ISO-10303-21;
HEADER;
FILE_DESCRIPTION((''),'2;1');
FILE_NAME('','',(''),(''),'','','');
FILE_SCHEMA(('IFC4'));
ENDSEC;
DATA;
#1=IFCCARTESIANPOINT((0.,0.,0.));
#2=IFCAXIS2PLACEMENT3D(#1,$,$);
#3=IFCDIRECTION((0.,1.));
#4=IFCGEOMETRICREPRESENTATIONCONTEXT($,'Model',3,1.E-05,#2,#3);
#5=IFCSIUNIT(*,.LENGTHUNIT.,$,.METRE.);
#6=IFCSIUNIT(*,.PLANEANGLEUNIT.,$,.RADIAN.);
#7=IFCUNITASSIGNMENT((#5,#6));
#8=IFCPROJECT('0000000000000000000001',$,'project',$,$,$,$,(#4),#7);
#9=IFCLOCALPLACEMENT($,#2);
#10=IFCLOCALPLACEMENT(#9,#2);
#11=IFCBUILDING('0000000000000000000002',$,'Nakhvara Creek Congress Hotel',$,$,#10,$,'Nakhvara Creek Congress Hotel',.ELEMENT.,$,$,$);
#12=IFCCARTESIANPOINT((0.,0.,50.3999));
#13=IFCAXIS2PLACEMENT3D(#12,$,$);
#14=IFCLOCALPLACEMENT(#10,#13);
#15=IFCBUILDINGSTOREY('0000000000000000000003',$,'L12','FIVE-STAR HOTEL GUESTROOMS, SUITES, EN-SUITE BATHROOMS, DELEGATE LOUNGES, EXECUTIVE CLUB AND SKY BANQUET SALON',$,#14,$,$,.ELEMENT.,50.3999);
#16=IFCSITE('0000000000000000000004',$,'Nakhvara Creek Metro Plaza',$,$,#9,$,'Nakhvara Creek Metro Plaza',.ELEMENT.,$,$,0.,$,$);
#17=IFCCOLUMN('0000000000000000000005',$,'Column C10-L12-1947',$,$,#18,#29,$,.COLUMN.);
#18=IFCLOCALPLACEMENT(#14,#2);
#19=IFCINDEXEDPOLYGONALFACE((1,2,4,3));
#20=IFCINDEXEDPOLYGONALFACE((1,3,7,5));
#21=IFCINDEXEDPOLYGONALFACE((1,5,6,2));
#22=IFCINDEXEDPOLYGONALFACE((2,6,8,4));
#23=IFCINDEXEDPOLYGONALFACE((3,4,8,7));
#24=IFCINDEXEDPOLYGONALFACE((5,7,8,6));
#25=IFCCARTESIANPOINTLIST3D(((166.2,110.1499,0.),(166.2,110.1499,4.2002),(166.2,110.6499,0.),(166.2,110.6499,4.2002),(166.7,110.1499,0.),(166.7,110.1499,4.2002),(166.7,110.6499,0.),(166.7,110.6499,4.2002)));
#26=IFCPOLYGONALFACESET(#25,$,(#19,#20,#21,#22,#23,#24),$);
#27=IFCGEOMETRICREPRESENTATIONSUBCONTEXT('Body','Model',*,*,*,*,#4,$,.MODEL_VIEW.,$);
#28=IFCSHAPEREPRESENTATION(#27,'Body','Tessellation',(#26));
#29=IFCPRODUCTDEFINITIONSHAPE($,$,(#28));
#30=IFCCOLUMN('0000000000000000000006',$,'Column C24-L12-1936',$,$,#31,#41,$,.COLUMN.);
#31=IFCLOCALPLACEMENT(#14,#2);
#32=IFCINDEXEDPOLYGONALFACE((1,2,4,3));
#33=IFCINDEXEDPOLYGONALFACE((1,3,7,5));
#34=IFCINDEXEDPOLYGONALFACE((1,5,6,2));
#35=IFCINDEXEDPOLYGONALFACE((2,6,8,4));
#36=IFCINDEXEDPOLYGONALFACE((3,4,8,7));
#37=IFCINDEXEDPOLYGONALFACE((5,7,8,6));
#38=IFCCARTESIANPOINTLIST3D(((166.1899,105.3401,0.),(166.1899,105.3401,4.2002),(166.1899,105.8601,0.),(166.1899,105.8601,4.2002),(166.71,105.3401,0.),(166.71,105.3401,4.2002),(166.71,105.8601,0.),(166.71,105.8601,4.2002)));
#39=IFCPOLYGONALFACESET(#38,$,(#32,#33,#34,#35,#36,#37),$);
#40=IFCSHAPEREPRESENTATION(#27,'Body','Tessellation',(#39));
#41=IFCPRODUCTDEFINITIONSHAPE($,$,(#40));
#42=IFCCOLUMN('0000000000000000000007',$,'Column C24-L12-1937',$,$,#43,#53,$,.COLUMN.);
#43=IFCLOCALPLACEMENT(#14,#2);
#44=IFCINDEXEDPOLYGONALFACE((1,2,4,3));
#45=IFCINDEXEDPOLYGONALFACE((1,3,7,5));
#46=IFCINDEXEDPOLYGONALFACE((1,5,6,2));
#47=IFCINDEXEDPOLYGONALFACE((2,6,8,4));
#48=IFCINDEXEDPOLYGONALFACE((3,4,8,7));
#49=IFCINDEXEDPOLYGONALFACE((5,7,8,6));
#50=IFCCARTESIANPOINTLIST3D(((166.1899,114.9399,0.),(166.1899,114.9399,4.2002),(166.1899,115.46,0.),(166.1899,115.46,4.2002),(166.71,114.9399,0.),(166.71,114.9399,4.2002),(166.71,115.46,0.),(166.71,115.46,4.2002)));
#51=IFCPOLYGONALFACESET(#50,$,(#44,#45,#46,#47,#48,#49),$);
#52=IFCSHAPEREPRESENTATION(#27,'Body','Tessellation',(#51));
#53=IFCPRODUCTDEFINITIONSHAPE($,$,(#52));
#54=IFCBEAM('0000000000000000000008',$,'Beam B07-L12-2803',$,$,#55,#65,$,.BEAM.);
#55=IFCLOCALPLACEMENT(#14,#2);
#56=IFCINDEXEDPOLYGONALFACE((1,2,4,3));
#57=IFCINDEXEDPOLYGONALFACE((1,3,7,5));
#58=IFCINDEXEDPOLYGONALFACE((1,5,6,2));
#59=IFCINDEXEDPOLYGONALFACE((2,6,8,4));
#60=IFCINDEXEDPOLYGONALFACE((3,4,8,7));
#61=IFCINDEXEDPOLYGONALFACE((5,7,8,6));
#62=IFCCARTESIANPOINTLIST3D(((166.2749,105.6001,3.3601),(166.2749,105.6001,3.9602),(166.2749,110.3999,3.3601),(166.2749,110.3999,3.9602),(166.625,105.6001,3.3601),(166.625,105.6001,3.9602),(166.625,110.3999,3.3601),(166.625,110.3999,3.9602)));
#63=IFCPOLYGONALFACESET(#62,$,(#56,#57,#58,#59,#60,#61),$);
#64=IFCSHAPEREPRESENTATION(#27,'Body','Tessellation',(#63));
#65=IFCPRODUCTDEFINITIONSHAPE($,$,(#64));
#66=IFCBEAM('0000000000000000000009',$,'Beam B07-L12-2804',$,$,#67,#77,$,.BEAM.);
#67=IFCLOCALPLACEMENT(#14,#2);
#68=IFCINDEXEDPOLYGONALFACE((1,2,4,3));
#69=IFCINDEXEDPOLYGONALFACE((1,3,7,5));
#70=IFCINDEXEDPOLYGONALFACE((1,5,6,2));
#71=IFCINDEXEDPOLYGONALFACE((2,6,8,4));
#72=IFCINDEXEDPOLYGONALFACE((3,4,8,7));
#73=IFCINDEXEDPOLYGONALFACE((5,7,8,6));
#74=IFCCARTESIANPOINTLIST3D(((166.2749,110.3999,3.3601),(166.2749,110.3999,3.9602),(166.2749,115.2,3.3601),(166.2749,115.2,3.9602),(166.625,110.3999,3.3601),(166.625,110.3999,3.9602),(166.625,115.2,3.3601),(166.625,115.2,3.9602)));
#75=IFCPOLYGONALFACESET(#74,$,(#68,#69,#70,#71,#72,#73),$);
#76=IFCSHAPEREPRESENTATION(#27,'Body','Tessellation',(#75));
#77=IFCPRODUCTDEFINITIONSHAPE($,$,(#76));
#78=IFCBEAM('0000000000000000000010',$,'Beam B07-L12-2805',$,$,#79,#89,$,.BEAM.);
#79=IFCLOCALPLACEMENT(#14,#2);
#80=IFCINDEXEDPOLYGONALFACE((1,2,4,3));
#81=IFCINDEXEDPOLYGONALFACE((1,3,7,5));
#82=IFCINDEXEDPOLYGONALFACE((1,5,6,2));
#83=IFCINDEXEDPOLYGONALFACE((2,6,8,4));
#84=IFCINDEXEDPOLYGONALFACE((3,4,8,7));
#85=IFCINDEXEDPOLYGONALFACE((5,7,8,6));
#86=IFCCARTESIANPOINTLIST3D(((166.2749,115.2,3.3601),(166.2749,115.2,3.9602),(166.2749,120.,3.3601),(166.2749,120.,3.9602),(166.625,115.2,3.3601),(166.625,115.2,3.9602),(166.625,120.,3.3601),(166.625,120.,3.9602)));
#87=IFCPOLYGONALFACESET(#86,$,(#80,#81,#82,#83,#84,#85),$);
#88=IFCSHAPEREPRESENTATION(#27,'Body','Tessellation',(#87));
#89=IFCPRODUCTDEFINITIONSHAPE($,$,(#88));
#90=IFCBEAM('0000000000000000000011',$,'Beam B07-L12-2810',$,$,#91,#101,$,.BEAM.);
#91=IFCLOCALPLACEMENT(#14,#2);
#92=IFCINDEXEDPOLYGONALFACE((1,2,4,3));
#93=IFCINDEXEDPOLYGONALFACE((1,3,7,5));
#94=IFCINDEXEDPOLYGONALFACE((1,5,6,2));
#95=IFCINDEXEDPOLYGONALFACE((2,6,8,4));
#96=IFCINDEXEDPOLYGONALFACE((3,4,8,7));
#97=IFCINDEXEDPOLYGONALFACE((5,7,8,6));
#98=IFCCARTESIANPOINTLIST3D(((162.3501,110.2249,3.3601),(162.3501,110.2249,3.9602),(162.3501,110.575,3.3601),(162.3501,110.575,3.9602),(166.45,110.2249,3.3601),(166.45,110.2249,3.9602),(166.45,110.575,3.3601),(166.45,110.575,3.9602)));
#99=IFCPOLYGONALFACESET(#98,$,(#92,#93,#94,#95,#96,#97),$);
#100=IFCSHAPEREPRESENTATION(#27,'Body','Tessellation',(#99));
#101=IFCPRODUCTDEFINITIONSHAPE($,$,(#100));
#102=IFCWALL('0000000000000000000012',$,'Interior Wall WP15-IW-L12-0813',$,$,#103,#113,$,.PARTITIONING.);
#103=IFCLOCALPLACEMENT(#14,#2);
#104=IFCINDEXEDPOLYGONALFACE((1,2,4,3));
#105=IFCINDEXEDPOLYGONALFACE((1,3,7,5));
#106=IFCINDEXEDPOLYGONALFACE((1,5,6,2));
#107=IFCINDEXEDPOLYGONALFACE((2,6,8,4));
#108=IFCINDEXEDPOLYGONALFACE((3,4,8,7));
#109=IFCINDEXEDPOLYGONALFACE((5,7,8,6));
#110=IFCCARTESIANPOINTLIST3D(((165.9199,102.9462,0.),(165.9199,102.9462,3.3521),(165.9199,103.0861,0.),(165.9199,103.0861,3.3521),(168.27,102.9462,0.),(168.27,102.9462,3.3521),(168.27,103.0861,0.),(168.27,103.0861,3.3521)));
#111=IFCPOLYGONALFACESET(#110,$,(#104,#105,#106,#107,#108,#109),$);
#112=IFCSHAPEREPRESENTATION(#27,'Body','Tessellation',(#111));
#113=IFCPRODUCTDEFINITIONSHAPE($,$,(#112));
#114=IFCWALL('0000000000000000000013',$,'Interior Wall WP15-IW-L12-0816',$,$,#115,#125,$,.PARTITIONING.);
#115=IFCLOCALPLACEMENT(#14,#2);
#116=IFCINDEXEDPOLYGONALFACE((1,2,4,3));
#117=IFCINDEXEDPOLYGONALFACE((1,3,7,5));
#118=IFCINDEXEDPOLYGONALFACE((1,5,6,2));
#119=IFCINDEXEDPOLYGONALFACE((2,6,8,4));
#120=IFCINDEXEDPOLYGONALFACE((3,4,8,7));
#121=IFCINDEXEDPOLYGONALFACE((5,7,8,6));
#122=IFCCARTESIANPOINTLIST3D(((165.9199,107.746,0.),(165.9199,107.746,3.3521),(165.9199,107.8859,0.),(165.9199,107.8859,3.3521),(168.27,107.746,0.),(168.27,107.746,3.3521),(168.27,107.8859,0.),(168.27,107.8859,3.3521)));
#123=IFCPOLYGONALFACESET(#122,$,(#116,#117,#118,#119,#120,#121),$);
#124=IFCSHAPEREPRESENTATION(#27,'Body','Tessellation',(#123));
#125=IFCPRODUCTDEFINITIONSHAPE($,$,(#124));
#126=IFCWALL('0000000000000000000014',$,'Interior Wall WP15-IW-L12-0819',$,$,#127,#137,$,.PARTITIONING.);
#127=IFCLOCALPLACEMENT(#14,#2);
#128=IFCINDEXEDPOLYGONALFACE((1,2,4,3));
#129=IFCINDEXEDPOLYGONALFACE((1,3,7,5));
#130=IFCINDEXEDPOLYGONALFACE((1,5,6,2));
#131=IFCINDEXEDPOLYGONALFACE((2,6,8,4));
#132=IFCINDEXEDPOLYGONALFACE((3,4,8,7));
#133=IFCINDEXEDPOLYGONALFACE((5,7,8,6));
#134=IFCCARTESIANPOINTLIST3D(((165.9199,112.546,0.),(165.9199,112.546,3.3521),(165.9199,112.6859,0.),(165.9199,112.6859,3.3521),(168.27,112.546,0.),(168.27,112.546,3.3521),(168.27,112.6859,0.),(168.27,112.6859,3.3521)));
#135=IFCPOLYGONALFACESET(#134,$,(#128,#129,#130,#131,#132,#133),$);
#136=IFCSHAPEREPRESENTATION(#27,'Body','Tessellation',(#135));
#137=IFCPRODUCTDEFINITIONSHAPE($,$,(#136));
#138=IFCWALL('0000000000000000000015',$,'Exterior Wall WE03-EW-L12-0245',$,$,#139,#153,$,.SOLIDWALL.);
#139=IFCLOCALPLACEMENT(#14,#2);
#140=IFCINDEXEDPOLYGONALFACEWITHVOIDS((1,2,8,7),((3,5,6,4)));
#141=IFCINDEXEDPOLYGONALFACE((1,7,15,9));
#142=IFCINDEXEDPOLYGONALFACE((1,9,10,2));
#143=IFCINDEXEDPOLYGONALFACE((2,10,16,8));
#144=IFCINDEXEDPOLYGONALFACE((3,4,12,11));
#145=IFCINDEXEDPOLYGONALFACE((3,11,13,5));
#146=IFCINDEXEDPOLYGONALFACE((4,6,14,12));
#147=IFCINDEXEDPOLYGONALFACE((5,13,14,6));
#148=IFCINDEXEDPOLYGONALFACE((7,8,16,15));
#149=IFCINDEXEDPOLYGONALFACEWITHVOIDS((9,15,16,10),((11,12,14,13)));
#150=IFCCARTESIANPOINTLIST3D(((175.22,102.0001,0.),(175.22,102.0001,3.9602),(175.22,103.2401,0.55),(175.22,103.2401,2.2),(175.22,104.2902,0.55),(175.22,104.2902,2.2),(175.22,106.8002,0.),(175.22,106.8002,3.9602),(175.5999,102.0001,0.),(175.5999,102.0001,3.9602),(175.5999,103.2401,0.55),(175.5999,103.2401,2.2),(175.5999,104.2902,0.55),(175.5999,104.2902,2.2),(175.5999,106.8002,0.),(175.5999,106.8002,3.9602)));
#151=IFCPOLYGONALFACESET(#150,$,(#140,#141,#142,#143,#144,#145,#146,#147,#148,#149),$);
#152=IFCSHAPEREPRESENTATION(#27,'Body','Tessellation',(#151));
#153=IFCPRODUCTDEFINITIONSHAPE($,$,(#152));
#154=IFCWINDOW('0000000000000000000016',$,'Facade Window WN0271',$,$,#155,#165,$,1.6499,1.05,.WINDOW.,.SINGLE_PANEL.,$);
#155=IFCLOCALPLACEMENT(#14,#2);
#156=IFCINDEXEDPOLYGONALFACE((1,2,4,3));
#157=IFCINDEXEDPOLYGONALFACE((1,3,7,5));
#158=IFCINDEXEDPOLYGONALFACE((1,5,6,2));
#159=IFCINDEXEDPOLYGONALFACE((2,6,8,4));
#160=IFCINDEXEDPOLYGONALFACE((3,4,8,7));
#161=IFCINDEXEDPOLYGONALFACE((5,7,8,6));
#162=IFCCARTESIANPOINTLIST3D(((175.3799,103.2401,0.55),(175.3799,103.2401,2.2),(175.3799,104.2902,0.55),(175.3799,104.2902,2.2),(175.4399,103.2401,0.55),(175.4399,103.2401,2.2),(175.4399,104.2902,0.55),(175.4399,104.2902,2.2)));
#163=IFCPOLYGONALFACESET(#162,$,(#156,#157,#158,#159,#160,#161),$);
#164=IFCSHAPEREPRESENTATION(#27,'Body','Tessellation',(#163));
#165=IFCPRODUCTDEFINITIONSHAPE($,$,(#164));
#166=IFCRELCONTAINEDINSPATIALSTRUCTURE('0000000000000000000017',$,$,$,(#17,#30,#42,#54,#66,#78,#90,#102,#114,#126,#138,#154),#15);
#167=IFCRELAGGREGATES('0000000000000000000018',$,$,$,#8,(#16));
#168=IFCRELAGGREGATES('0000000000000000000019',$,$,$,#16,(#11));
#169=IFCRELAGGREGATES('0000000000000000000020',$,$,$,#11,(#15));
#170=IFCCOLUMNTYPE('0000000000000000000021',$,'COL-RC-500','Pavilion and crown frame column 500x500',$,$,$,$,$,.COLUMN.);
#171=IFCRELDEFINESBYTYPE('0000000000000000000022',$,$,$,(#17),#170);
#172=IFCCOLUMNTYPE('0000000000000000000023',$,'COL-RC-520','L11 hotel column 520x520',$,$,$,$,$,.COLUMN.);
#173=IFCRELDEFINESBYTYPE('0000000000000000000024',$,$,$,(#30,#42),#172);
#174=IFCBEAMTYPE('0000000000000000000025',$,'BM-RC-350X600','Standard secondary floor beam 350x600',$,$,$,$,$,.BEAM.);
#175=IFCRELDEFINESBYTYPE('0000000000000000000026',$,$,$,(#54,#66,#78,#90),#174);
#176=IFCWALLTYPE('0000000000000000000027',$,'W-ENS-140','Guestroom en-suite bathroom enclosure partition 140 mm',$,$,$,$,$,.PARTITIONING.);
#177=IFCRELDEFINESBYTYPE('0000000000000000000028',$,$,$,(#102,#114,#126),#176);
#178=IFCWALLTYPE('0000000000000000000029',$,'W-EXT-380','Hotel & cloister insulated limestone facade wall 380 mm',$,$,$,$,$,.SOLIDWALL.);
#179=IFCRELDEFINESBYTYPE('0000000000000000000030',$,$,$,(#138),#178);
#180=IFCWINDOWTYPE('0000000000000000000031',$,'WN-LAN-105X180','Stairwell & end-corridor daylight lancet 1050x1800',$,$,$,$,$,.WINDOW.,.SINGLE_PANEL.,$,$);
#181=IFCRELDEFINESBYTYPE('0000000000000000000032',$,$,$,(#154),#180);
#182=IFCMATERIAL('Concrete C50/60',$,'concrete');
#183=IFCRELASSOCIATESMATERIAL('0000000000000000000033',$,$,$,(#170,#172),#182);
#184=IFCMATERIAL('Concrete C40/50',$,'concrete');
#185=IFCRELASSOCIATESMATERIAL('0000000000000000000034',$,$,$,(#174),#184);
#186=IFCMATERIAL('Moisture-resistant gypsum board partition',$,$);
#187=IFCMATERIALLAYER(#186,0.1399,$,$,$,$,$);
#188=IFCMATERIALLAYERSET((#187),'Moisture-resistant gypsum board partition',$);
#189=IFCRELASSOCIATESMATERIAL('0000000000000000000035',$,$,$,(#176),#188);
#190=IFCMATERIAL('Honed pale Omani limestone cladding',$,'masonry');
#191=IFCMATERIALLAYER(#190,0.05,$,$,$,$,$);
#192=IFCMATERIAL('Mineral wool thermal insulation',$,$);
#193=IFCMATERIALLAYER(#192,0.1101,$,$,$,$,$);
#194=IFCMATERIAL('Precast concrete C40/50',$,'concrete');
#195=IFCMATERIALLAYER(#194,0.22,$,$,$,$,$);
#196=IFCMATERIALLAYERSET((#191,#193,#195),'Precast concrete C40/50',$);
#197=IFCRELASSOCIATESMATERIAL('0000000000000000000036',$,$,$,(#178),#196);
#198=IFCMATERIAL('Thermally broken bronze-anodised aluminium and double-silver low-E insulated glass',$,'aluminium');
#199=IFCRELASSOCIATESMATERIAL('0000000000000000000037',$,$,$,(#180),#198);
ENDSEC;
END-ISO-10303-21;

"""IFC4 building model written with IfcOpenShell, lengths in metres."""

from ifc_helpers import new_model, si_unit, direction, frame, frame_2d, origin, origin_2d, place, context, subcontext, project, spatial, rectangle, extrude, material, layer, layer_set, material_profile, profile_set, type_object, element, fill, save


model = new_model("IFC4")

# Units and contexts
model_context = context("Model", 3, precision=1e-05, world=origin(), true_north=direction((0.0, 1.0)))
body_context = subcontext(model_context, "Body", "Model", "MODEL_VIEW")
ifc_project = project(units=[si_unit("LENGTHUNIT", "METRE"), si_unit("PLANEANGLEUNIT", "RADIAN")], contexts=[model_context])

# Site, building, storey
site_placement = place(None, origin())
site = spatial("IfcSite", under=ifc_project, at=site_placement, Name="Nakhvara Creek Metro Plaza", LongName="Nakhvara Creek Metro Plaza", CompositionType="ELEMENT", RefElevation=0.0)
building_placement = place(site_placement, origin())
building = spatial("IfcBuilding", under=site, at=building_placement, Name="Nakhvara Creek Congress Hotel", LongName="Nakhvara Creek Congress Hotel", CompositionType="ELEMENT")
storey_placement = place(building_placement, frame((0.0, 0.0, 50.3999)))
storey = spatial("IfcBuildingStorey", under=building, at=storey_placement, Name="L12", Description="FIVE-STAR HOTEL GUESTROOMS, SUITES, EN-SUITE BATHROOMS, DELEGATE LOUNGES, EXECUTIVE CLUB AND SKY BANQUET SALON", CompositionType="ELEMENT", Elevation=50.3999)

# Columns
ifc_material_1 = material(Name="Concrete C50/60", Category="concrete")
ifc_material_profile_1 = material_profile(ifc_material_1, rectangle(XDim=0.5, YDim=0.5, at=origin_2d()), Name="RC-COL 500x500", Category="LoadBearing")
ifc_profile_set_1 = profile_set([ifc_material_profile_1], Name="Concrete C50/60")
column_type_1 = type_object("IfcColumnType", Name="COL-RC-500", Description="Pavilion and crown frame column 500x500", PredefinedType="COLUMN", material=ifc_profile_set_1)
column_placement = place(storey_placement, frame((166.45, 110.3999, 0.0), z_axis=(0.0, 0.0, 1.0), x_axis=(1.0, 0.0, 0.0)))
element("IfcColumn", 1, at=column_placement, inside=storey, type_object=column_type_1, Name="Column C10-L12-1947", PredefinedType="COLUMN", context=body_context, shape_type="SweptSolid", body=[
    extrude(rectangle(XDim=0.5, YDim=0.5, at=origin_2d()), origin(), (0.0, 0.0, 1.0), 4.2002),
])
ifc_material_profile_2 = material_profile(ifc_material_1, rectangle(XDim=0.52, YDim=0.52, at=origin_2d()), Name="RC-COL 520x520", Category="LoadBearing")
ifc_profile_set_2 = profile_set([ifc_material_profile_2], Name="Concrete C50/60")
column_type_2 = type_object("IfcColumnType", Name="COL-RC-520", Description="L11 hotel column 520x520", PredefinedType="COLUMN", material=ifc_profile_set_2)
for number, where, z_axis, x_axis, name in (
    (2, (166.45, 105.6001, 0.0), (0.0, 0.0, 1.0), (1.0, 0.0, 0.0), "Column C24-L12-1936"),
    (3, (166.45, 115.2, 0.0), (0.0, 0.0, 1.0), (1.0, 0.0, 0.0), "Column C24-L12-1937"),
):
    element("IfcColumn", number, at=place(storey_placement, frame(where, z_axis=z_axis, x_axis=x_axis)), inside=storey, type_object=column_type_2, Name=name, PredefinedType="COLUMN", context=body_context, shape_type="SweptSolid", body=[
        extrude(rectangle(XDim=0.52, YDim=0.52, at=origin_2d()), origin(), (0.0, 0.0, 1.0), 4.2002),
    ])

# Beams
ifc_material_2 = material(Name="Concrete C40/50", Category="concrete")
ifc_material_profile_3 = material_profile(ifc_material_2, rectangle(XDim=0.3501, YDim=0.6001, at=origin_2d()), Name="RC-BM 350x600", Category="LoadBearing")
ifc_profile_set_3 = profile_set([ifc_material_profile_3], Name="Concrete C40/50")
beam_type = type_object("IfcBeamType", Name="BM-RC-350X600", Description="Standard secondary floor beam 350x600", PredefinedType="BEAM", material=ifc_profile_set_3)
beam_1_placement = place(storey_placement, frame((166.45, 105.6001, 3.6602), z_axis=(0.0, 1.0, 0.0), x_axis=(-1.0, 0.0, 0.0)))
element("IfcBeam", 4, at=beam_1_placement, inside=storey, type_object=beam_type, Name="Beam B07-L12-2803", PredefinedType="BEAM", context=body_context, shape_type="SweptSolid", body=[
    extrude(rectangle(XDim=0.3501, YDim=0.6001, at=origin_2d()), origin(), (0.0, 0.0, 1.0), 4.7998),
])
for number, where, z_axis, x_axis, name in (
    (5, (166.45, 110.3999, 3.6602), (0.0, 1.0, 0.0), (-1.0, 0.0, 0.0), "Beam B07-L12-2804"),
    (6, (166.45, 115.2, 3.6602), (0.0, 1.0, 0.0), (-1.0, 0.0, 0.0), "Beam B07-L12-2805"),
):
    element("IfcBeam", number, at=place(storey_placement, frame(where, z_axis=z_axis, x_axis=x_axis)), inside=storey, type_object=beam_type, Name=name, PredefinedType="BEAM", context=body_context, shape_type="SweptSolid", body=[
        extrude(rectangle(XDim=0.3501, YDim=0.6001, at=origin_2d()), origin(), (0.0, 0.0, 1.0), 4.8),
    ])
beam_2_placement = place(storey_placement, frame((162.3501, 110.3999, 3.6602), z_axis=(1.0, 0.0, 0.0), x_axis=(0.0, 1.0, 0.0)))
element("IfcBeam", 7, at=beam_2_placement, inside=storey, type_object=beam_type, Name="Beam B07-L12-2810", PredefinedType="BEAM", context=body_context, shape_type="SweptSolid", body=[
    extrude(rectangle(XDim=0.3501, YDim=0.6001, at=origin_2d()), origin(), (0.0, 0.0, 1.0), 4.0999),
])

# Wall
ifc_material_3 = material(Name="Moisture-resistant gypsum board partition")
ifc_layer_1 = layer(ifc_material_3, 0.1399)
ifc_layer_set_1 = layer_set([ifc_layer_1], Name="Moisture-resistant gypsum board partition")
wall_type_1 = type_object("IfcWallType", Name="W-ENS-140", Description="Guestroom en-suite bathroom enclosure partition 140 mm", PredefinedType="PARTITIONING", material=ifc_layer_set_1)
wall_1_placement = place(storey_placement, frame((165.9199, 103.0161, 0.0), z_axis=(0.0, 0.0, 1.0), x_axis=(1.0, 0.0, 0.0)))
element("IfcWall", 8, at=wall_1_placement, inside=storey, type_object=wall_type_1, Name="Interior Wall WP15-IW-L12-0813", PredefinedType="PARTITIONING", context=body_context, shape_type="SweptSolid", body=[
    extrude(rectangle(XDim=2.3501, YDim=0.1399, at=frame_2d((1.175, 0.0))), origin(), (0.0, 0.0, 1.0), 3.3521),
])

# Wall
wall_2_placement = place(storey_placement, frame((165.9199, 107.8159, 0.0), z_axis=(0.0, 0.0, 1.0), x_axis=(1.0, 0.0, 0.0)))
element("IfcWall", 9, at=wall_2_placement, inside=storey, type_object=wall_type_1, Name="Interior Wall WP15-IW-L12-0816", PredefinedType="PARTITIONING", context=body_context, shape_type="SweptSolid", body=[
    extrude(rectangle(XDim=2.3501, YDim=0.1399, at=frame_2d((1.175, 0.0))), origin(), (0.0, 0.0, 1.0), 3.3521),
])

# Wall
wall_3_placement = place(storey_placement, frame((165.9199, 112.616, 0.0), z_axis=(0.0, 0.0, 1.0), x_axis=(1.0, 0.0, 0.0)))
element("IfcWall", 10, at=wall_3_placement, inside=storey, type_object=wall_type_1, Name="Interior Wall WP15-IW-L12-0819", PredefinedType="PARTITIONING", context=body_context, shape_type="SweptSolid", body=[
    extrude(rectangle(XDim=2.3501, YDim=0.1399, at=frame_2d((1.175, 0.0))), origin(), (0.0, 0.0, 1.0), 3.3521),
])

# Wall, opening, window
ifc_material_4 = material(Name="Honed pale Omani limestone cladding", Category="masonry")
ifc_layer_2 = layer(ifc_material_4, 0.05)
ifc_material_5 = material(Name="Mineral wool thermal insulation")
ifc_layer_3 = layer(ifc_material_5, 0.1101)
ifc_material_6 = material(Name="Precast concrete C40/50", Category="concrete")
ifc_layer_4 = layer(ifc_material_6, 0.22)
ifc_layer_set_2 = layer_set([ifc_layer_2, ifc_layer_3, ifc_layer_4], Name="Precast concrete C40/50")
wall_type_2 = type_object("IfcWallType", Name="W-EXT-380", Description="Hotel & cloister insulated limestone facade wall 380 mm", PredefinedType="SOLIDWALL", material=ifc_layer_set_2)
wall_4_placement = place(storey_placement, frame((175.4099, 106.8, 0.0), z_axis=(0.0, 0.0, 1.0), x_axis=(0.0, -1.0, 0.0)))
wall_4 = element("IfcWall", 11, at=wall_4_placement, inside=storey, type_object=wall_type_2, Name="Exterior Wall WE03-EW-L12-0245", PredefinedType="SOLIDWALL", context=body_context, shape_type="SweptSolid", body=[
    extrude(rectangle(XDim=4.8, YDim=0.3799, at=frame_2d((2.3999, 0.0))), origin(), (0.0, 0.0, 1.0), 3.9602),
])
opening_1_placement = place(wall_4_placement, frame((2.51, 0.0, 0.55)))
opening_1 = element("IfcOpeningElement", 12, at=opening_1_placement, cuts=wall_4, PredefinedType="OPENING", context=body_context, shape_type="SweptSolid", body=[
    extrude(rectangle(XDim=1.05, YDim=1.6499, at=frame_2d((0.5249, 0.825))), frame((0.0, 0.2019, 0.0), z_axis=(0.0, -1.0, 0.0), x_axis=(1.0, 0.0, 0.0)), (0.0, 0.0, 1.0), 0.4038),
])
ifc_material_7 = material(Name="Thermally broken bronze-anodised aluminium and double-silver low-E insulated glass", Category="aluminium")
window_type_1 = type_object("IfcWindowType", Name="WN-LAN-105X180", Description="Stairwell & end-corridor daylight lancet 1050x1800", PartitioningType="SINGLE_PANEL", PredefinedType="WINDOW", material=ifc_material_7)
window_1_placement = place(opening_1_placement, origin())
window_1 = element("IfcWindow", 13, at=window_1_placement, inside=storey, type_object=window_type_1, Name="Facade Window WN0271", OverallHeight=1.6499, OverallWidth=1.05, PartitioningType="SINGLE_PANEL", PredefinedType="WINDOW", context=body_context, shape_type="SweptSolid", body=[
    extrude(rectangle(XDim=1.05, YDim=1.6499, at=frame_2d((0.5249, 0.825))), frame((0.0, 0.03, 0.0), z_axis=(0.0, -1.0, 0.0), x_axis=(1.0, 0.0, 0.0)), (0.0, 0.0, 1.0), 0.0601),
])
fill(opening_1, window_1)

save(model, "model.ifc")
